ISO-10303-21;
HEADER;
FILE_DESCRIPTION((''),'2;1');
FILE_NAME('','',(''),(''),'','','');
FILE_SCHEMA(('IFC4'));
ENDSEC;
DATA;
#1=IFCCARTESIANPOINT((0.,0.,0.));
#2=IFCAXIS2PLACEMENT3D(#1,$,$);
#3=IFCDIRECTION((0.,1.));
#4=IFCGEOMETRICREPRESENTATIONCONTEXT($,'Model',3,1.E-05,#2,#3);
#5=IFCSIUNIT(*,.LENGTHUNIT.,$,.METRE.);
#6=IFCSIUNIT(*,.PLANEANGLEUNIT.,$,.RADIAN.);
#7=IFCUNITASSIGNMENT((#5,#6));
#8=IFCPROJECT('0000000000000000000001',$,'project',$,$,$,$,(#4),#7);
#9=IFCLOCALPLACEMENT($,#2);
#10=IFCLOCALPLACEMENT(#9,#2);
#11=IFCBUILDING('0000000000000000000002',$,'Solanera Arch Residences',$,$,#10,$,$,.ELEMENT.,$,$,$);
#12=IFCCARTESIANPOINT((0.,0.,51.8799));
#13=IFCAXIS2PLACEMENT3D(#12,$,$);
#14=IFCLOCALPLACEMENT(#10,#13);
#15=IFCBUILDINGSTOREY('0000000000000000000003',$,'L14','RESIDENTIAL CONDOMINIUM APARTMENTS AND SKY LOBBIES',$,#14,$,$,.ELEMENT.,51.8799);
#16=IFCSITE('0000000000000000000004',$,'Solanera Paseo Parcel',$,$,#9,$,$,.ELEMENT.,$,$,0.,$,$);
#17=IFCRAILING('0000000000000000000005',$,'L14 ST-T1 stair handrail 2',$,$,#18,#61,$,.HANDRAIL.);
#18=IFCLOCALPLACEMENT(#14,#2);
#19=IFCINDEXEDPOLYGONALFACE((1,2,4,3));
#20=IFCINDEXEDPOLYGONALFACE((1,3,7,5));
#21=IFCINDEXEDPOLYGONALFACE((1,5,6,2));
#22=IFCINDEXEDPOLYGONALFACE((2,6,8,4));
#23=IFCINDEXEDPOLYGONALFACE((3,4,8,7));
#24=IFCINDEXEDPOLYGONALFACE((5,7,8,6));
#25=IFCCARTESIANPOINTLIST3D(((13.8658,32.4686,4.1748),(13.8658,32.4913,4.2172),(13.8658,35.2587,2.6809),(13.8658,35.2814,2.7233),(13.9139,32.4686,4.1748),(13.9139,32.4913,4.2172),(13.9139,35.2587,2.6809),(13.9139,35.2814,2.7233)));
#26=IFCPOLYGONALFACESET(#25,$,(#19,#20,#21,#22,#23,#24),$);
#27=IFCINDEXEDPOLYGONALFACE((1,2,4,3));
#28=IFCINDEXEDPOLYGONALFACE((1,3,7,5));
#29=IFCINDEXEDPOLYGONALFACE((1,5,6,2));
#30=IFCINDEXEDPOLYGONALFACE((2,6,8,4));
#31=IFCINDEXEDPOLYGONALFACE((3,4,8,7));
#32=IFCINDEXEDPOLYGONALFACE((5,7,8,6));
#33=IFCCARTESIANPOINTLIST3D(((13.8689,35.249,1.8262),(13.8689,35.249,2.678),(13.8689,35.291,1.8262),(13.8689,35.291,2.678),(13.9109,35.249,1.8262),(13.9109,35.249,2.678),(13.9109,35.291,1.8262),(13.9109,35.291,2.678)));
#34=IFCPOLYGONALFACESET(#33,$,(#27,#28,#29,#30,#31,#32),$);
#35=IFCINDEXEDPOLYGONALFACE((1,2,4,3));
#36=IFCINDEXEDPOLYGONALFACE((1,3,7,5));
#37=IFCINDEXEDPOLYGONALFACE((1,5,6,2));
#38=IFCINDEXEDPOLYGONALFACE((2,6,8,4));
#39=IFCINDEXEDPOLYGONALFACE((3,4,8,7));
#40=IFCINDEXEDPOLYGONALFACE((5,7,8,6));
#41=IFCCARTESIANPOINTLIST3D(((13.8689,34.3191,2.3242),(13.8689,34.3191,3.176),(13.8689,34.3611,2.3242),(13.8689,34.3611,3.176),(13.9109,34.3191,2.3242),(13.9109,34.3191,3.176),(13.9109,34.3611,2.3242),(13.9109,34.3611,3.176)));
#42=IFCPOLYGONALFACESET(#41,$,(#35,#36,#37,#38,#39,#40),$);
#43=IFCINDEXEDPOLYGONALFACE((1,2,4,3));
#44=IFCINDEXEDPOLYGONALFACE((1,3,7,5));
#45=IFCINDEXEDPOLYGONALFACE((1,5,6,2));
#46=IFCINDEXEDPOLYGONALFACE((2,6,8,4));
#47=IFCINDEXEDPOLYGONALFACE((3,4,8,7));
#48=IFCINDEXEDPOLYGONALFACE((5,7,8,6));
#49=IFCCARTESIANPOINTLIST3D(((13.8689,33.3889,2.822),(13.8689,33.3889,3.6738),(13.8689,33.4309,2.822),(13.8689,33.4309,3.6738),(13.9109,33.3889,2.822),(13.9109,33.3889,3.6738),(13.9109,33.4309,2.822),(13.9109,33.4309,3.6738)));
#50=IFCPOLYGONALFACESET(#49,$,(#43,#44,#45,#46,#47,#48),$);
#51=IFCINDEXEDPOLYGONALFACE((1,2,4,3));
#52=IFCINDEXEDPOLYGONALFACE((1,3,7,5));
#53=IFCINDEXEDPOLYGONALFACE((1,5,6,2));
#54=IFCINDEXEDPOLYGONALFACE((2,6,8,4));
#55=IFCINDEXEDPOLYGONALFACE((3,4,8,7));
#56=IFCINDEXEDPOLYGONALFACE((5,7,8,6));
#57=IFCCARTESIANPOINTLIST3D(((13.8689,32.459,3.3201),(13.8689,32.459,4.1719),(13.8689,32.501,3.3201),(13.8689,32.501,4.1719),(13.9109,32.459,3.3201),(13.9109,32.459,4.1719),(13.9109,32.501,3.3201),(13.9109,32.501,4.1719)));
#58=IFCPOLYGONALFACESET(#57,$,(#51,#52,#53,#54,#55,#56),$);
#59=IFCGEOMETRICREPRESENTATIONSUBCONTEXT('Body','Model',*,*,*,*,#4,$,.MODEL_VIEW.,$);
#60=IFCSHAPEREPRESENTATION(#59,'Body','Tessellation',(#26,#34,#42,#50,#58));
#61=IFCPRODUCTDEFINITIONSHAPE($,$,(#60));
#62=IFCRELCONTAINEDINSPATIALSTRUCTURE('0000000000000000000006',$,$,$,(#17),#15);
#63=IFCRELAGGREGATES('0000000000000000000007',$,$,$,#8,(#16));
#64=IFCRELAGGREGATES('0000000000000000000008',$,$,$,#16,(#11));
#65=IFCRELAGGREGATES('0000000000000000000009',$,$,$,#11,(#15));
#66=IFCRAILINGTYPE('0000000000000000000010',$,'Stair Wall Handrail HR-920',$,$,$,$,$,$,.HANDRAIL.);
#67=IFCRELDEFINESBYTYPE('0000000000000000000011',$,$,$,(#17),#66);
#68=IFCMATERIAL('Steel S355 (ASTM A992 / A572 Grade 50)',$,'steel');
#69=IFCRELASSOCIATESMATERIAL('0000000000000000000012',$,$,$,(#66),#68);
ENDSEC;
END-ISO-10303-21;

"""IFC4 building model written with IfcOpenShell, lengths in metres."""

from ifc_helpers import new_model, si_unit, direction, frame, origin, origin_2d, place, context, subcontext, project, spatial, rectangle, extrude, material, type_object, element, save


model = new_model("IFC4")

# Units and contexts
model_context = context("Model", 3, precision=1e-05, world=origin(), true_north=direction((0.0, 1.0)))
body_context = subcontext(model_context, "Body", "Model", "MODEL_VIEW")
ifc_project = project(units=[si_unit("LENGTHUNIT", "METRE"), si_unit("PLANEANGLEUNIT", "RADIAN")], contexts=[model_context])

# Site, building, storey
site_placement = place(None, origin())
site = spatial("IfcSite", under=ifc_project, at=site_placement, Name="Solanera Paseo Parcel", CompositionType="ELEMENT", RefElevation=0.0)
building_placement = place(site_placement, origin())
building = spatial("IfcBuilding", under=site, at=building_placement, Name="Solanera Arch Residences", CompositionType="ELEMENT")
storey_placement = place(building_placement, frame((0.0, 0.0, 51.8799)))
storey = spatial("IfcBuildingStorey", under=building, at=storey_placement, Name="L14", Description="RESIDENTIAL CONDOMINIUM APARTMENTS AND SKY LOBBIES", CompositionType="ELEMENT", Elevation=51.8799)

# Railing
ifc_material_1 = material(Name="Steel S355 (ASTM A992 / A572 Grade 50)", Category="steel")
railing_type_1 = type_object("IfcRailingType", Name="Stair Wall Handrail HR-920", PredefinedType="HANDRAIL", material=ifc_material_1)
railing_1_placement = place(storey_placement, frame((13.8899, 35.27, 1.8262)))
element("IfcRailing", 1, at=railing_1_placement, inside=storey, type_object=railing_type_1, Name="L14 ST-T1 stair handrail 2", PredefinedType="HANDRAIL", context=body_context, shape_type="SweptSolid", body=[
    extrude(rectangle(XDim=0.0481, YDim=0.0481, at=origin_2d()), frame((0.0, 0.0, 0.876), z_axis=(0.0, -0.881581, 0.472033), x_axis=(1.0, 0.0, 0.0)), (0.0, 0.0, 1.0), 3.1648),
    extrude(rectangle(XDim=0.042, YDim=0.042, at=origin_2d()), origin(), (0.0, 0.0, 1.0), 0.8518),
    extrude(rectangle(XDim=0.042, YDim=0.042, at=origin_2d()), frame((0.0, -0.9299, 0.498)), (0.0, 0.0, 1.0), 0.8518),
    extrude(rectangle(XDim=0.042, YDim=0.042, at=origin_2d()), frame((0.0, -1.8601, 0.9958)), (0.0, 0.0, 1.0), 0.8518),
    extrude(rectangle(XDim=0.042, YDim=0.042, at=origin_2d()), frame((0.0, -2.79, 1.4939)), (0.0, 0.0, 1.0), 0.8518),
])

save(model, "model.ifc")
